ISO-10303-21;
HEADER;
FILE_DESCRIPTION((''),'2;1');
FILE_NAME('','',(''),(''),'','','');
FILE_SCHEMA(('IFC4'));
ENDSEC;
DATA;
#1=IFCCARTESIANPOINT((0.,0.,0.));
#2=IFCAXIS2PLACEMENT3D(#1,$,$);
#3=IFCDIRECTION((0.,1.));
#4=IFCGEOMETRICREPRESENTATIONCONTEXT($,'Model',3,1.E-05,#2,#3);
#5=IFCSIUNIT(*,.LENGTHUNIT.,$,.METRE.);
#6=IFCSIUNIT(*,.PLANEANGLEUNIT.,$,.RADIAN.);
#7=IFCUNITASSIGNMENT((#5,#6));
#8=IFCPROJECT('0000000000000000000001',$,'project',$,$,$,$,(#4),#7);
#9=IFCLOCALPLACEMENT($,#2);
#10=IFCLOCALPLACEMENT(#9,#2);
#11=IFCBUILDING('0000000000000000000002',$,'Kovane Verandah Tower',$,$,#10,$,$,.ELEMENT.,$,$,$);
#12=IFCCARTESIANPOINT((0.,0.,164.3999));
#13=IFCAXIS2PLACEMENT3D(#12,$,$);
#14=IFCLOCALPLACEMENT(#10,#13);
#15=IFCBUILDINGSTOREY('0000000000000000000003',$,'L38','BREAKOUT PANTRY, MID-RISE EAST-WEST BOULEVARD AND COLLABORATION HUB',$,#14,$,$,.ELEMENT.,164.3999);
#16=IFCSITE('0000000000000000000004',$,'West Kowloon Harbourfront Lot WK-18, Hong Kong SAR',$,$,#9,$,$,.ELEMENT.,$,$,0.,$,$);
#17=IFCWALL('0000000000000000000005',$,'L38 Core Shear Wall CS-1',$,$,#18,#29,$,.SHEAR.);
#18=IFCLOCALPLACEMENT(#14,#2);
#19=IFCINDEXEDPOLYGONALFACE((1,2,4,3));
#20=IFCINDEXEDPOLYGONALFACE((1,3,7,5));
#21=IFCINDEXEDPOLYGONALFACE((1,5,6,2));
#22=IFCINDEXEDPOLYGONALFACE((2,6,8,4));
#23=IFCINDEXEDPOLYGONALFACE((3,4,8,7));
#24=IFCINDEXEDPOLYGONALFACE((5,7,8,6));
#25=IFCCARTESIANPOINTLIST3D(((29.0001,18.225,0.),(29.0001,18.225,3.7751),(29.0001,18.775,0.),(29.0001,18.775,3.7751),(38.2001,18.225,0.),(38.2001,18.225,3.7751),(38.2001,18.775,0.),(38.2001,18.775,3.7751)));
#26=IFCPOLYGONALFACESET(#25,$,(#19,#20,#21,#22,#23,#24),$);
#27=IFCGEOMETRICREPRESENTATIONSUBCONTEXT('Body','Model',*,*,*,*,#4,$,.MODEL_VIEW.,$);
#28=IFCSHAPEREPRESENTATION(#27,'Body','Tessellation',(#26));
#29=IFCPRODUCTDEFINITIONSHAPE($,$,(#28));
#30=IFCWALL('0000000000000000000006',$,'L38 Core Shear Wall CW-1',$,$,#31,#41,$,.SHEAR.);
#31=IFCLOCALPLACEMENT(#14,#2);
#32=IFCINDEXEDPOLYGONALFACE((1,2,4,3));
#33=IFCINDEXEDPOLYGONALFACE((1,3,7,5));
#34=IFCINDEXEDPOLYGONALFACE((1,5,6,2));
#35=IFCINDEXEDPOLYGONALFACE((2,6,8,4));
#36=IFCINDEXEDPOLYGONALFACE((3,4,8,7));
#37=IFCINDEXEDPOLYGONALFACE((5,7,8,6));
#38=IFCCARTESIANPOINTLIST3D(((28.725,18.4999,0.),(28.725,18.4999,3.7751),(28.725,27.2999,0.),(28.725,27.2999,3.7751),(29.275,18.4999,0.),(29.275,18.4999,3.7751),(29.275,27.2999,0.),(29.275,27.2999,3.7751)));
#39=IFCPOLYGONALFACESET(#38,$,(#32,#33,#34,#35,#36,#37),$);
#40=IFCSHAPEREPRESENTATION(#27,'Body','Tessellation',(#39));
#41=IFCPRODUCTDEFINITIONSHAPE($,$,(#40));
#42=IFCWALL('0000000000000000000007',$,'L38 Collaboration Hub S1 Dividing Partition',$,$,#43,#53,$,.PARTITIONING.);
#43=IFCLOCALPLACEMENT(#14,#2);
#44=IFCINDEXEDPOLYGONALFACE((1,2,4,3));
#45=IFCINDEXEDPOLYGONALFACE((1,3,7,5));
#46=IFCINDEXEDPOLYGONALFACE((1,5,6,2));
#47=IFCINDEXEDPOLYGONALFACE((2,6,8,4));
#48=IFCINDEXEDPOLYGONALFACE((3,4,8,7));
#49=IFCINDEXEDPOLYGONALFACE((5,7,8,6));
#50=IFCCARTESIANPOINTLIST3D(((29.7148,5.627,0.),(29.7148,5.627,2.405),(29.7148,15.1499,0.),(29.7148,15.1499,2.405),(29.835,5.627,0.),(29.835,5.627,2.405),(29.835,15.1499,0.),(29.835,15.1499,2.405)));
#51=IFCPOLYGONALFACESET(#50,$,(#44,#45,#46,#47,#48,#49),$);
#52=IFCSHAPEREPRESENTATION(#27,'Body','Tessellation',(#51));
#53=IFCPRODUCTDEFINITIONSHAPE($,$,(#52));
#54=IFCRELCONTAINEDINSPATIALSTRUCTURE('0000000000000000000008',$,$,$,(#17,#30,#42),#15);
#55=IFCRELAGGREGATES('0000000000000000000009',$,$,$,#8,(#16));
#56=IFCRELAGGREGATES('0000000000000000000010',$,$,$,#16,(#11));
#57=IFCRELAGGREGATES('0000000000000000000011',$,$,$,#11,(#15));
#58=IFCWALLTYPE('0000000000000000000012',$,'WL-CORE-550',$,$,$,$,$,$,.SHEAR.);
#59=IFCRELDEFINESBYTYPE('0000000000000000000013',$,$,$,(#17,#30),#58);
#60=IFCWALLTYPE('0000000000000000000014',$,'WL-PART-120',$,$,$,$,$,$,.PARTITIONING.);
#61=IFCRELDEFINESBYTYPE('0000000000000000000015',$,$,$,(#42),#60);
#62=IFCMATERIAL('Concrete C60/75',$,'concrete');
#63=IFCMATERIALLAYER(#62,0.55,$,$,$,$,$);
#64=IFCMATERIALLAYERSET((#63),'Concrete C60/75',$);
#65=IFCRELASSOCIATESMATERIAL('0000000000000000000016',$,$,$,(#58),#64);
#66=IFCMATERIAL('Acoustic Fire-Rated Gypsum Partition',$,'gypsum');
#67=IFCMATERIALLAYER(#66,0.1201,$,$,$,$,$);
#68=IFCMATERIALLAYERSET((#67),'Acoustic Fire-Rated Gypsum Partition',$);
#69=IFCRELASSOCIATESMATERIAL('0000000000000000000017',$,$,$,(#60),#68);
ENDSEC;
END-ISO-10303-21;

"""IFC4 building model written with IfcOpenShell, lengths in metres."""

from ifc_helpers import new_model, si_unit, direction, frame, frame_2d, origin, place, context, subcontext, project, spatial, rectangle, extrude, material, layer, layer_set, type_object, element, save


model = new_model("IFC4")

# Units and contexts
model_context = context("Model", 3, precision=1e-05, world=origin(), true_north=direction((0.0, 1.0)))
body_context = subcontext(model_context, "Body", "Model", "MODEL_VIEW")
ifc_project = project(units=[si_unit("LENGTHUNIT", "METRE"), si_unit("PLANEANGLEUNIT", "RADIAN")], contexts=[model_context])

# Site, building, storey
site_placement = place(None, origin())
site = spatial("IfcSite", under=ifc_project, at=site_placement, Name="West Kowloon Harbourfront Lot WK-18, Hong Kong SAR", CompositionType="ELEMENT", RefElevation=0.0)
building_placement = place(site_placement, origin())
building = spatial("IfcBuilding", under=site, at=building_placement, Name="Kovane Verandah Tower", CompositionType="ELEMENT")
storey_placement = place(building_placement, frame((0.0, 0.0, 164.3999)))
storey = spatial("IfcBuildingStorey", under=building, at=storey_placement, Name="L38", Description="BREAKOUT PANTRY, MID-RISE EAST-WEST BOULEVARD AND COLLABORATION HUB", CompositionType="ELEMENT", Elevation=164.3999)

# Walls
ifc_material_1 = material(Name="Concrete C60/75", Category="concrete")
ifc_layer_1 = layer(ifc_material_1, 0.55)
ifc_layer_set_1 = layer_set([ifc_layer_1], Name="Concrete C60/75")
wall_type_1 = type_object("IfcWallType", Name="WL-CORE-550", PredefinedType="SHEAR", material=ifc_layer_set_1)
wall_1_placement = place(storey_placement, frame((29.0, 18.5, 0.0), z_axis=(0.0, 0.0, 1.0), x_axis=(1.0, 0.0, 0.0)))
element("IfcWall", 1, at=wall_1_placement, inside=storey, type_object=wall_type_1, Name="L38 Core Shear Wall CS-1", PredefinedType="SHEAR", context=body_context, shape_type="SweptSolid", body=[
    extrude(rectangle(XDim=9.2, YDim=0.55, at=frame_2d((4.6001, 0.0))), origin(), (0.0, 0.0, 1.0), 3.7751),
])
wall_2_placement = place(storey_placement, frame((29.0, 18.5, 0.0), z_axis=(0.0, 0.0, 1.0), x_axis=(0.0, 1.0, 0.0)))
element("IfcWall", 2, at=wall_2_placement, inside=storey, type_object=wall_type_1, Name="L38 Core Shear Wall CW-1", PredefinedType="SHEAR", context=body_context, shape_type="SweptSolid", body=[
    extrude(rectangle(XDim=8.8, YDim=0.55, at=frame_2d((4.3999, 0.0))), origin(), (0.0, 0.0, 1.0), 3.7751),
])
ifc_material_2 = material(Name="Acoustic Fire-Rated Gypsum Partition", Category="gypsum")
ifc_layer_2 = layer(ifc_material_2, 0.1201)
ifc_layer_set_2 = layer_set([ifc_layer_2], Name="Acoustic Fire-Rated Gypsum Partition")
wall_type_2 = type_object("IfcWallType", Name="WL-PART-120", PredefinedType="PARTITIONING", material=ifc_layer_set_2)
wall_3_placement = place(storey_placement, frame((29.7749, 5.627, 0.0), z_axis=(0.0, 0.0, 1.0), x_axis=(0.0, 1.0, 0.0)))
element("IfcWall", 3, at=wall_3_placement, inside=storey, type_object=wall_type_2, Name="L38 Collaboration Hub S1 Dividing Partition", PredefinedType="PARTITIONING", context=body_context, shape_type="SweptSolid", body=[
    extrude(rectangle(XDim=9.5229, YDim=0.1201, at=frame_2d((4.7615, 0.0))), origin(), (0.0, 0.0, 1.0), 2.405),
])

save(model, "model.ifc")
